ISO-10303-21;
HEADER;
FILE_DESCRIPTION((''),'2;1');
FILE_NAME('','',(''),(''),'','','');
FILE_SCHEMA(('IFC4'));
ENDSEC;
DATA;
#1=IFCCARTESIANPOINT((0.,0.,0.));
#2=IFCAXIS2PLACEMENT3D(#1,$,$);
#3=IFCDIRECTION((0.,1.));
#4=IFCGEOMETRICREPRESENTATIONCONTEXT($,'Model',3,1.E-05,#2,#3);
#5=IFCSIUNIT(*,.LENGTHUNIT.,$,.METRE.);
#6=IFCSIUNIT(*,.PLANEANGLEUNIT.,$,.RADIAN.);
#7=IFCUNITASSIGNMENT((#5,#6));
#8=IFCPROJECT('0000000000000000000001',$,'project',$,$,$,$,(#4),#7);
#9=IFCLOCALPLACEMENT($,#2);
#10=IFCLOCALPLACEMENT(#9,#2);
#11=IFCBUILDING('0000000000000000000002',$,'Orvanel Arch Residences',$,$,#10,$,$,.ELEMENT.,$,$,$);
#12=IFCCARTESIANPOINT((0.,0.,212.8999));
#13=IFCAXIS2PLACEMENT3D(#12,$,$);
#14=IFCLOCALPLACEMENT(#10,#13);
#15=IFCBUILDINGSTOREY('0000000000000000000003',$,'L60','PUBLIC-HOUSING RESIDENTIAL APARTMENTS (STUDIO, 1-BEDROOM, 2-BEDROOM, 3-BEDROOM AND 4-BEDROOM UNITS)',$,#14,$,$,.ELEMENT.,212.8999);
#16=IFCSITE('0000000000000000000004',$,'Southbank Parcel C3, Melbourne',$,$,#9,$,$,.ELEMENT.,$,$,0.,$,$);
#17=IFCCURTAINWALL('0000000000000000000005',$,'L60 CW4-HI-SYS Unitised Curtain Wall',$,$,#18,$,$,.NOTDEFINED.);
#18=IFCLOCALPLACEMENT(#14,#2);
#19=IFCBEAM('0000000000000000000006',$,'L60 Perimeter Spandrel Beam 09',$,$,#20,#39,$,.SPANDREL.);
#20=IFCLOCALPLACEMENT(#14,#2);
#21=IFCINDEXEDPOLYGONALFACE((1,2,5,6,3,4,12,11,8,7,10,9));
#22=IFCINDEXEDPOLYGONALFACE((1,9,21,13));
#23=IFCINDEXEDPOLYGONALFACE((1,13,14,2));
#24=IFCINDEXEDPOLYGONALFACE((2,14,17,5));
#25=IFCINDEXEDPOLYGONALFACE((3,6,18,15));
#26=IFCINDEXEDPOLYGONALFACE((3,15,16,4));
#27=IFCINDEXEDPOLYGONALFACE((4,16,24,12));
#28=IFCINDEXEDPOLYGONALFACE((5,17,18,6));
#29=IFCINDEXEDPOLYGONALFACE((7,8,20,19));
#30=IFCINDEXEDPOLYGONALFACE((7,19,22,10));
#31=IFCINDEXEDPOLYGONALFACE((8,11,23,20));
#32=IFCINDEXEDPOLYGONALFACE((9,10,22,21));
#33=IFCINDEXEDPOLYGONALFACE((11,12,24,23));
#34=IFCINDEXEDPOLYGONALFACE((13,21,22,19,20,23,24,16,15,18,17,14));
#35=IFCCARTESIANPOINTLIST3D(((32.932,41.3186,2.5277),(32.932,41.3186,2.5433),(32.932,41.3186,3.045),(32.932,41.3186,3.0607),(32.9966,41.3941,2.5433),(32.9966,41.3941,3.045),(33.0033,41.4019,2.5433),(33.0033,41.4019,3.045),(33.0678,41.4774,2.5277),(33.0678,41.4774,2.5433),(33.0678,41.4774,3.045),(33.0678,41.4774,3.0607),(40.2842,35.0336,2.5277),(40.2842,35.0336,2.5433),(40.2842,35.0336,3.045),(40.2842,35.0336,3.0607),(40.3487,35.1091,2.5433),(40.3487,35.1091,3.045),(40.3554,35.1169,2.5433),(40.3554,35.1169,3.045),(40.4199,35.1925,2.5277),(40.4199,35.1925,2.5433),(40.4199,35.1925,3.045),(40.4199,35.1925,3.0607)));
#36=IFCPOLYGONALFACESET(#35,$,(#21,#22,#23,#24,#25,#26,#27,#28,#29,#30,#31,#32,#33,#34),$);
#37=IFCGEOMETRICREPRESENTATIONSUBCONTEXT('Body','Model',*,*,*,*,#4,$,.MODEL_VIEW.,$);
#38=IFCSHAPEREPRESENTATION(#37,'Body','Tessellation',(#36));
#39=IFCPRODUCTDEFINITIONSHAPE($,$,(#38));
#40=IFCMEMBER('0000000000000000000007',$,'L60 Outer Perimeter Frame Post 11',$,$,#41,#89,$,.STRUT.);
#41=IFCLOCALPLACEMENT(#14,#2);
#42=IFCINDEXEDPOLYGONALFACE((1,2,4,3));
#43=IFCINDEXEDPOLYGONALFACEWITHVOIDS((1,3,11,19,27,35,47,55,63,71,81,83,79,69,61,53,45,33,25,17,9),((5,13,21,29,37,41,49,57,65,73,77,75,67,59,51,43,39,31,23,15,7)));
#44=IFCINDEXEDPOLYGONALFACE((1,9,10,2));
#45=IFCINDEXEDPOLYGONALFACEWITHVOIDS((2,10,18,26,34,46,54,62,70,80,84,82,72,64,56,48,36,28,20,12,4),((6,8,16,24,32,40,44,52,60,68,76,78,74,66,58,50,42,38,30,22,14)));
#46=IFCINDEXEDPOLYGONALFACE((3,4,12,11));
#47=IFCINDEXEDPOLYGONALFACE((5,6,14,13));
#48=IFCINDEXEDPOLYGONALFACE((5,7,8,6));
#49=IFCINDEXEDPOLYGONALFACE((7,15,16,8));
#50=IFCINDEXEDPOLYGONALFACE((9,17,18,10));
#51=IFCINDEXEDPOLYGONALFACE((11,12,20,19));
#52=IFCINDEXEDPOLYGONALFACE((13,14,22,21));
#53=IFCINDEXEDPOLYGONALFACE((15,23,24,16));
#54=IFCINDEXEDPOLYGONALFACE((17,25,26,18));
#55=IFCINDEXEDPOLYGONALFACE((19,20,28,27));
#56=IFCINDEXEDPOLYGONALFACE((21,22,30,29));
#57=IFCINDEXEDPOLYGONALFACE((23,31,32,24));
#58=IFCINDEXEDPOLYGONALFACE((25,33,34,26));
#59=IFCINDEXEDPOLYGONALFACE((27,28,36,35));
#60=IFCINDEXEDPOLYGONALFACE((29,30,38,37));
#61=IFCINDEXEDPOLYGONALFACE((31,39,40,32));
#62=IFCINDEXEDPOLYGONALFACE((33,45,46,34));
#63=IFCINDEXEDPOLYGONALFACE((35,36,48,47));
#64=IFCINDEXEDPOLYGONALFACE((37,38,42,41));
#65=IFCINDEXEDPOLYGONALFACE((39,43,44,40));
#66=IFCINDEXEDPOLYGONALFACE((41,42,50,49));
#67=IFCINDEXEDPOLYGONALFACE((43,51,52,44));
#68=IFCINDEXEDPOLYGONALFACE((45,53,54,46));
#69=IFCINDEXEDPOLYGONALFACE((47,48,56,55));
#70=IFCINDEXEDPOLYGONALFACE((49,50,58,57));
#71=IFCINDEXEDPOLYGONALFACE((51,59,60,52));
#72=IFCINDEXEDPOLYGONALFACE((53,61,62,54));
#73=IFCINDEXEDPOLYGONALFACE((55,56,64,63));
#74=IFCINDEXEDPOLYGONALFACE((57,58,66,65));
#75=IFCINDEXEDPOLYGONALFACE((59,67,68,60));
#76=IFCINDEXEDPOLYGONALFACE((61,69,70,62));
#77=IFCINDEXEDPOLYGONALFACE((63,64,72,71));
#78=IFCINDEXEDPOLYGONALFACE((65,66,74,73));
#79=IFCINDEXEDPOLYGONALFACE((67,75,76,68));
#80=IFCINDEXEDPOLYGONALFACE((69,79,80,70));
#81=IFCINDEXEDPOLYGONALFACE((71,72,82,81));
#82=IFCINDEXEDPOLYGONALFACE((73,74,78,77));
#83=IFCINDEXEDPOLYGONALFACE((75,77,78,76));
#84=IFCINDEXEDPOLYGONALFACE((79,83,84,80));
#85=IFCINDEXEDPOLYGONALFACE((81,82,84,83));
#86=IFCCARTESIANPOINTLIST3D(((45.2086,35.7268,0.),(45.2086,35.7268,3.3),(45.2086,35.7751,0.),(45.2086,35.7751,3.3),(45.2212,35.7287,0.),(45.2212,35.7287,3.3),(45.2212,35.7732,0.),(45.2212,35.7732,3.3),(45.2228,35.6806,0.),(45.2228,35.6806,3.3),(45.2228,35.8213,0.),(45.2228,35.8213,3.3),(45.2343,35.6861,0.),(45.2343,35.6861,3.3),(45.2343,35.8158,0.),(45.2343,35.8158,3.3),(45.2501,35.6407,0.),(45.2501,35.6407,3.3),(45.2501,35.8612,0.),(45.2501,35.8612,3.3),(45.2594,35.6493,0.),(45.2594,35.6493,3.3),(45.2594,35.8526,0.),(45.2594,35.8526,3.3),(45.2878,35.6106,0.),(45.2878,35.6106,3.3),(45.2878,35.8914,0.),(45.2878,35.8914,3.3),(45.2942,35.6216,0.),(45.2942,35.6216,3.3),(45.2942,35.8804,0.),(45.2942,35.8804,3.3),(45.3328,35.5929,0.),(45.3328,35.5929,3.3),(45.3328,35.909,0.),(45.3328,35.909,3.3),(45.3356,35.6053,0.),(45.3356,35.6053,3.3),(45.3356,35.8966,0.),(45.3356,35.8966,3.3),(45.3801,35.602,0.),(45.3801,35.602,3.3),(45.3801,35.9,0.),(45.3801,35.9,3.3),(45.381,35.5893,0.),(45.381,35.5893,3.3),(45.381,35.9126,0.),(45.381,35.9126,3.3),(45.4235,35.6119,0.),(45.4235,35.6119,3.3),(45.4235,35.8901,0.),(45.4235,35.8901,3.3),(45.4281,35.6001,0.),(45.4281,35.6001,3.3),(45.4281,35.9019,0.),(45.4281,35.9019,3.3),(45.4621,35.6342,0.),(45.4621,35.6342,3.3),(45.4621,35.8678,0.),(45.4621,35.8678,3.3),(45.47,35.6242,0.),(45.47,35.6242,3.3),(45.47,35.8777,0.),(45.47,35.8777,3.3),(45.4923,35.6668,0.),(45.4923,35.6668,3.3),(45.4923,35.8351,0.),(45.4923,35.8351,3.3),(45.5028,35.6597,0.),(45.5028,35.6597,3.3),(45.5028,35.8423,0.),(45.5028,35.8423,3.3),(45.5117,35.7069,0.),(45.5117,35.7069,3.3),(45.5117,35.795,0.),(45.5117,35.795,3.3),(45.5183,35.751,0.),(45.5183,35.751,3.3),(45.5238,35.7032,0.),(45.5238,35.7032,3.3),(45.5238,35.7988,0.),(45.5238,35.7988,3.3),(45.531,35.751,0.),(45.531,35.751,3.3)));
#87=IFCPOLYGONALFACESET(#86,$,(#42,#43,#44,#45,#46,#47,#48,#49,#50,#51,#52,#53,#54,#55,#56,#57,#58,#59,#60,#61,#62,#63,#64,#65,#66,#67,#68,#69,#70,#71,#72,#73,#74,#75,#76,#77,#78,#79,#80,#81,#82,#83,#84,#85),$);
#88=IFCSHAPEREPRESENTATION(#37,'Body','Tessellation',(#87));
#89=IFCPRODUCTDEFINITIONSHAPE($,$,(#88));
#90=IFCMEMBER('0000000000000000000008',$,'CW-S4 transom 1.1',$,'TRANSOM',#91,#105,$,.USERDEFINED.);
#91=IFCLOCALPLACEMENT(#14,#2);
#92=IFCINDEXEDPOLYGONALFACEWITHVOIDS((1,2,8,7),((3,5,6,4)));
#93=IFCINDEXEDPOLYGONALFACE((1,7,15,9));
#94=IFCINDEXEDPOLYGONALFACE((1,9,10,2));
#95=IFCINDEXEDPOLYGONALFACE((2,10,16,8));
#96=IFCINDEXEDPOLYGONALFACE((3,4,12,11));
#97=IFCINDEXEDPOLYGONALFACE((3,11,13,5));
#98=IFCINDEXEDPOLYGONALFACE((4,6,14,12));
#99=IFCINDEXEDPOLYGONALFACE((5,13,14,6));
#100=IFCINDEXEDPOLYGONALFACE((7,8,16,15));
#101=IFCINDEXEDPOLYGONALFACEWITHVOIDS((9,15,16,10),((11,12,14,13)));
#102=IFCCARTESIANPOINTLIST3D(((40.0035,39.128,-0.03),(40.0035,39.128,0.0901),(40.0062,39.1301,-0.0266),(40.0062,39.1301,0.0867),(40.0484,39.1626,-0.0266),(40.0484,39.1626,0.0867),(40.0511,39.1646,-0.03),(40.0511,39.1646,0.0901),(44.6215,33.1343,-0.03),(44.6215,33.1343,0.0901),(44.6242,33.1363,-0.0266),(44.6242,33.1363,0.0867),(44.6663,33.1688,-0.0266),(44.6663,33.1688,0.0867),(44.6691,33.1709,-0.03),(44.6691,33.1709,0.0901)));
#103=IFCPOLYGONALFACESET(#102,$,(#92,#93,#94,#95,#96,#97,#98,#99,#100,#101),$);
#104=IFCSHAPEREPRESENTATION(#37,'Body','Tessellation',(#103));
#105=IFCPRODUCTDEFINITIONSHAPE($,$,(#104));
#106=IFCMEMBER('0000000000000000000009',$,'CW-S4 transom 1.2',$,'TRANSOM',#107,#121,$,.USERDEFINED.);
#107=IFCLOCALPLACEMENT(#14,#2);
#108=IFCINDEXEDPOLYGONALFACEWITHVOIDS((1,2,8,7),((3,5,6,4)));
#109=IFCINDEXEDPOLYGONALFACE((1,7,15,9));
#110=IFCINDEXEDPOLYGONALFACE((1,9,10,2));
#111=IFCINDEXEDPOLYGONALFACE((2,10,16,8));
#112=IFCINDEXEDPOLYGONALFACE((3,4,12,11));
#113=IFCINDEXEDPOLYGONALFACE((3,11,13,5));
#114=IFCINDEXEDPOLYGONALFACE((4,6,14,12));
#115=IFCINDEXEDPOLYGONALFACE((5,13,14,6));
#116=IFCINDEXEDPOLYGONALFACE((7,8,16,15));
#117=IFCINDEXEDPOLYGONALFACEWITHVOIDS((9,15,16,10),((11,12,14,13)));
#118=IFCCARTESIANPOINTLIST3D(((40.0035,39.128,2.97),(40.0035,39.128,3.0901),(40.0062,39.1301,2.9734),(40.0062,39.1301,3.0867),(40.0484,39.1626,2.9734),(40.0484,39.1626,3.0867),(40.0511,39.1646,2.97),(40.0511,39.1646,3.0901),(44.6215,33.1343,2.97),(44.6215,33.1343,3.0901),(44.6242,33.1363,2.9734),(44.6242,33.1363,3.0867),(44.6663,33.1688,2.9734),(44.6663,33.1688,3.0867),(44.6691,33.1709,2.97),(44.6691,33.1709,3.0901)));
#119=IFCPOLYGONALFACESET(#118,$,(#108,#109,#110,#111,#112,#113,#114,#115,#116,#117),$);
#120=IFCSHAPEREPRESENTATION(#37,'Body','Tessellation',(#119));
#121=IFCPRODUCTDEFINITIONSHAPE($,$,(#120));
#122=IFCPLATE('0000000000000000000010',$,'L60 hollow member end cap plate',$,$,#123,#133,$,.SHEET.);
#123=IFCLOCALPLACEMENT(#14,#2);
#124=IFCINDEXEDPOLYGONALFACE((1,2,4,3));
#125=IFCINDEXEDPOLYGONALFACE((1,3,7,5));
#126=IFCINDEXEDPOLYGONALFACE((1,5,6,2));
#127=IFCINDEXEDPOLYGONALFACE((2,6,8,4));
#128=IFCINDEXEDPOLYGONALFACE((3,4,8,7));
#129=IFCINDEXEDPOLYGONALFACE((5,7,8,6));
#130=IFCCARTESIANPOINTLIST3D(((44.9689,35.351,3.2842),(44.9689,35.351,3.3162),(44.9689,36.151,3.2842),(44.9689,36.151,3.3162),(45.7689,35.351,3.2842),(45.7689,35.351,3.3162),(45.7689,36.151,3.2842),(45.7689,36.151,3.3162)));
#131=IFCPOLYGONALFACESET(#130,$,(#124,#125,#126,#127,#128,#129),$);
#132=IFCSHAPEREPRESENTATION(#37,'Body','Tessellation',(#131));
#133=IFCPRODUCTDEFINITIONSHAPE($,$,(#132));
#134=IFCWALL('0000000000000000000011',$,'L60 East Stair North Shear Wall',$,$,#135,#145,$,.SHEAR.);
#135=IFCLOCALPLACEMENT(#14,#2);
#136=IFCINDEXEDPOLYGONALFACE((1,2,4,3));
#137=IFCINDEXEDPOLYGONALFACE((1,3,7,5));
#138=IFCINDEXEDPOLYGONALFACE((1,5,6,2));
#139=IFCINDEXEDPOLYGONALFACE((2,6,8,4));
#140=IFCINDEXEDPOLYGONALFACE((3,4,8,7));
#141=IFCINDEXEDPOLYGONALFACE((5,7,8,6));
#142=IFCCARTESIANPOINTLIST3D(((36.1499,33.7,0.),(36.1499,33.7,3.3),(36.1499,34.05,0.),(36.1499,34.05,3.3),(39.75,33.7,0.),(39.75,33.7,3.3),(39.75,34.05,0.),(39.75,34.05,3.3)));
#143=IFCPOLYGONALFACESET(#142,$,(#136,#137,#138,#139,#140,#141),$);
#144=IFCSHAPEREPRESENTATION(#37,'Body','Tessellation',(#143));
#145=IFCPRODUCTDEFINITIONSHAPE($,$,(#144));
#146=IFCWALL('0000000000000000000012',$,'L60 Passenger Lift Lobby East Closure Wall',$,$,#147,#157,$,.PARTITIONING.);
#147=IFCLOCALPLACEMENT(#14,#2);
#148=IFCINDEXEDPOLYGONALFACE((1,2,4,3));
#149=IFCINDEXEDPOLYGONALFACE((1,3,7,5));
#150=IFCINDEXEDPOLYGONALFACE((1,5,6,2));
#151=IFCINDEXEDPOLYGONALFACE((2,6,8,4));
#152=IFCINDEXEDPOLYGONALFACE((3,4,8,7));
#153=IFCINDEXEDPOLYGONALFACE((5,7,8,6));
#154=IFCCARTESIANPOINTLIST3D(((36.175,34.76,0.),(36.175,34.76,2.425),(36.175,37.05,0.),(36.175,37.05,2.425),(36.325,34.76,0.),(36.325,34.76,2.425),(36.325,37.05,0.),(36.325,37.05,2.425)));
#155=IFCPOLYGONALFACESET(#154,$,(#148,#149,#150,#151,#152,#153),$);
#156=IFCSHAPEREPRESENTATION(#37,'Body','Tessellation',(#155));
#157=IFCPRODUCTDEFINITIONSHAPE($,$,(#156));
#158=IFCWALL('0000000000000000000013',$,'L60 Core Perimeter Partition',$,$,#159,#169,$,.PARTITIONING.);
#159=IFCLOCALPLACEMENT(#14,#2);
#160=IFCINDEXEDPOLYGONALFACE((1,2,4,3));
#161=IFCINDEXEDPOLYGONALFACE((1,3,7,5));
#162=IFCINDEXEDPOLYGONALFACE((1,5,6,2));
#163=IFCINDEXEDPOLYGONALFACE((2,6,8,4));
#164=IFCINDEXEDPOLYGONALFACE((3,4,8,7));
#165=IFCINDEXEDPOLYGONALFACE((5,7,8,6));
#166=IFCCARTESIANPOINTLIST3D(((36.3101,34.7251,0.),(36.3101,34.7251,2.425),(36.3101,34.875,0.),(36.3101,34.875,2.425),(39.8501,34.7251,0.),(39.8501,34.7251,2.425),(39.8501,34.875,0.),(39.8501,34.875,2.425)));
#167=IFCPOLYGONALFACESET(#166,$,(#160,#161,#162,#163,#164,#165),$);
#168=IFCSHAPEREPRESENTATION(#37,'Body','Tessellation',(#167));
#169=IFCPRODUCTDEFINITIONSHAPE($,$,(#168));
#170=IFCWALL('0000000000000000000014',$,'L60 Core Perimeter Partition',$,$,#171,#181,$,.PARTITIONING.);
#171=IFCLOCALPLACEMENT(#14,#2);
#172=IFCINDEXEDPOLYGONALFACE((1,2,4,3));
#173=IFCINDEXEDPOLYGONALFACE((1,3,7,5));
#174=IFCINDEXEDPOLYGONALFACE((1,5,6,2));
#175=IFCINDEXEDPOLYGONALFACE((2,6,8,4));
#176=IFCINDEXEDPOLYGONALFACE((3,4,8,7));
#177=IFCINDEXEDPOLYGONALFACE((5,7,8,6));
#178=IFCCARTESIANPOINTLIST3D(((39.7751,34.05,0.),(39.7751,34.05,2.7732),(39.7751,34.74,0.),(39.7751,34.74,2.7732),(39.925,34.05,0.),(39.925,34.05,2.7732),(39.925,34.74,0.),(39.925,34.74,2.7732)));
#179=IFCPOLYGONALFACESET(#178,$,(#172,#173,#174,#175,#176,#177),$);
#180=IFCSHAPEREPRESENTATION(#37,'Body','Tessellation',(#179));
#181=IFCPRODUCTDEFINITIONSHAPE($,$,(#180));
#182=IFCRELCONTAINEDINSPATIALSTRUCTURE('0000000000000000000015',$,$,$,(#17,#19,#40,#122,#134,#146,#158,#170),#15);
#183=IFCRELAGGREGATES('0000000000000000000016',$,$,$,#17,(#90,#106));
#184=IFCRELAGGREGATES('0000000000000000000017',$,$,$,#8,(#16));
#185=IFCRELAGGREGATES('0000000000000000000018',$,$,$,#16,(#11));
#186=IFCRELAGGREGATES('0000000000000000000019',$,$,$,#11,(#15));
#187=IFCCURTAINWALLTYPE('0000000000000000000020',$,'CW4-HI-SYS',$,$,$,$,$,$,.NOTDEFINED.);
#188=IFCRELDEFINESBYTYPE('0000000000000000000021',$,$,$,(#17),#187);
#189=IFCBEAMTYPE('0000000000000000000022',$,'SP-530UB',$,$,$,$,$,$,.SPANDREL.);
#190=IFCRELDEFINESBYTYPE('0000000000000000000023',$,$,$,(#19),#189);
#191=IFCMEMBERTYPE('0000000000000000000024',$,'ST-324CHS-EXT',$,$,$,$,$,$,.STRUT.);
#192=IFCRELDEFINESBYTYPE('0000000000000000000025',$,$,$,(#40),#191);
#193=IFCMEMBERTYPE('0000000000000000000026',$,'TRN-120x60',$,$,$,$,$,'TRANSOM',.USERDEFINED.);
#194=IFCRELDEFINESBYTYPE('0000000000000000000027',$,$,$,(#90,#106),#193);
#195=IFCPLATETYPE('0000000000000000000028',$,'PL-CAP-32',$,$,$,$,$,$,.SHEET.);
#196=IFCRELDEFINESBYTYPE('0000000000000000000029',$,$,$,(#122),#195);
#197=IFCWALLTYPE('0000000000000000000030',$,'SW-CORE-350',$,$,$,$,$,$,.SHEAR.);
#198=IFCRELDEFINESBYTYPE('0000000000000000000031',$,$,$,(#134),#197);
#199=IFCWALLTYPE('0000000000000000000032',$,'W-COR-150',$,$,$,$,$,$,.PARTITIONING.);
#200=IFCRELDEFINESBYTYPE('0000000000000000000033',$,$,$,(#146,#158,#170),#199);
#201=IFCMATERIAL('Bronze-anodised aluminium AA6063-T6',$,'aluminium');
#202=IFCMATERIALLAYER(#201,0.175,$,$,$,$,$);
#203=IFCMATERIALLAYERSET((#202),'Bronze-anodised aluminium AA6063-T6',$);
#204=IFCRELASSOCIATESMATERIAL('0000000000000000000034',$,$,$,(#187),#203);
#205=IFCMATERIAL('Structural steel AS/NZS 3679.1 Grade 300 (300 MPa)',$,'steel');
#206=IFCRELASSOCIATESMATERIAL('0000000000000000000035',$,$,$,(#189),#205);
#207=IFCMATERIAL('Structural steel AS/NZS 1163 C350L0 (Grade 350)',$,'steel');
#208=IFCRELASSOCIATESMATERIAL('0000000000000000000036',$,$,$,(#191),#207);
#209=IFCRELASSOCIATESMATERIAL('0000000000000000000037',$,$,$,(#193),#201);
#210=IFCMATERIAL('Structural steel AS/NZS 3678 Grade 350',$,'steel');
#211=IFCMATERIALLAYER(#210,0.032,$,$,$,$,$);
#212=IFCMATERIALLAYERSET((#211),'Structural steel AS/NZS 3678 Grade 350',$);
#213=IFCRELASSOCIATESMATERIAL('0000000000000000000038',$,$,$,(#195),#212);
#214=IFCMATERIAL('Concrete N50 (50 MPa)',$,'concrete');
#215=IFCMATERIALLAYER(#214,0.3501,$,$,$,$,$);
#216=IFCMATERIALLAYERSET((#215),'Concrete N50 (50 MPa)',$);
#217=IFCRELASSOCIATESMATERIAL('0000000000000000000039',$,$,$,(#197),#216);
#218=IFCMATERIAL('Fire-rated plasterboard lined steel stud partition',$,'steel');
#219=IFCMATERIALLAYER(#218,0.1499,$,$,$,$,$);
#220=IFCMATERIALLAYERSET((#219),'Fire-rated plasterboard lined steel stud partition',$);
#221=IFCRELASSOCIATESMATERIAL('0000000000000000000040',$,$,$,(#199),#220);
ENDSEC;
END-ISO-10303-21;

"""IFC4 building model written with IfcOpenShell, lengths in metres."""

from ifc_helpers import new_model, si_unit, direction, frame, frame_2d, origin, origin_2d, place, context, subcontext, project, spatial, rectangle, hollow_rectangle, hollow_circle, i_section, extrude, material, layer, layer_set, material_profile, profile_set, type_object, element, aggregate, save


model = new_model("IFC4")

# Units and contexts
model_context = context("Model", 3, precision=1e-05, world=origin(), true_north=direction((0.0, 1.0)))
body_context = subcontext(model_context, "Body", "Model", "MODEL_VIEW")
ifc_project = project(units=[si_unit("LENGTHUNIT", "METRE"), si_unit("PLANEANGLEUNIT", "RADIAN")], contexts=[model_context])

# Site, building, storey
site_placement = place(None, origin())
site = spatial("IfcSite", under=ifc_project, at=site_placement, Name="Southbank Parcel C3, Melbourne", CompositionType="ELEMENT", RefElevation=0.0)
building_placement = place(site_placement, origin())
building = spatial("IfcBuilding", under=site, at=building_placement, Name="Orvanel Arch Residences", CompositionType="ELEMENT")
storey_placement = place(building_placement, frame((0.0, 0.0, 212.8999)))
storey = spatial("IfcBuildingStorey", under=building, at=storey_placement, Name="L60", Description="PUBLIC-HOUSING RESIDENTIAL APARTMENTS (STUDIO, 1-BEDROOM, 2-BEDROOM, 3-BEDROOM AND 4-BEDROOM UNITS)", CompositionType="ELEMENT", Elevation=212.8999)

# Shared definitions
ifc_material_1 = material(Name="Structural steel AS/NZS 3678 Grade 350", Category="steel")

# Shared definitions
ifc_material_2 = material(Name="Structural steel AS/NZS 3679.1 Grade 300 (300 MPa)", Category="steel")

# Curtain wall
ifc_material_3 = material(Name="Bronze-anodised aluminium AA6063-T6", Category="aluminium")
ifc_layer_1 = layer(ifc_material_3, 0.175)
ifc_layer_set_1 = layer_set([ifc_layer_1], Name="Bronze-anodised aluminium AA6063-T6")
curtain_wall_type = type_object("IfcCurtainWallType", Name="CW4-HI-SYS", PredefinedType="NOTDEFINED", material=ifc_layer_set_1)
curtain_wall_placement = place(storey_placement, origin())
curtain_wall = element("IfcCurtainWall", 1, at=curtain_wall_placement, inside=storey, type_object=curtain_wall_type, Name="L60 CW4-HI-SYS Unitised Curtain Wall", PredefinedType="NOTDEFINED")

# Beam
ifc_material_profile_1 = material_profile(ifc_material_2, i_section(OverallWidth=0.209, OverallDepth=0.533, WebThickness=0.0103, FlangeThickness=0.0156, at=origin_2d()), Name="530UB92.4")
ifc_profile_set_1 = profile_set([ifc_material_profile_1], Name="Structural steel AS/NZS 3679.1 Grade 300 (300 MPa)")
beam_type_1 = type_object("IfcBeamType", Name="SP-530UB", PredefinedType="SPANDREL", material=ifc_profile_set_1)
beam_1_placement = place(storey_placement, frame((40.3521, 35.113, 2.7942), z_axis=(-0.760117, 0.649787, 0.0), x_axis=(-0.649787, -0.760117, 0.0)))
element("IfcBeam", 2, at=beam_1_placement, inside=storey, type_object=beam_type_1, Name="L60 Perimeter Spandrel Beam 09", PredefinedType="SPANDREL", context=body_context, shape_type="SweptSolid", body=[
    extrude(i_section(OverallWidth=0.209, OverallDepth=0.533, WebThickness=0.0103, FlangeThickness=0.0156, at=origin_2d()), origin(), (0.0, 0.0, 1.0), 9.6724),
])

# Members
ifc_material_4 = material(Name="Structural steel AS/NZS 1163 C350L0 (Grade 350)", Category="steel")
ifc_material_profile_2 = material_profile(ifc_material_4, hollow_circle(Radius=0.1621, WallThickness=0.0127, at=origin_2d()), Name="CHS324x12.7")
ifc_profile_set_2 = profile_set([ifc_material_profile_2], Name="Structural steel AS/NZS 1163 C350L0 (Grade 350)")
member_type_1 = type_object("IfcMemberType", Name="ST-324CHS-EXT", PredefinedType="STRUT", material=ifc_profile_set_2)
member_1_placement = place(storey_placement, frame((45.3689, 35.751, 0.0), z_axis=(0.0, 0.0, 1.0), x_axis=(1.0, 0.0, 0.0)))
element("IfcMember", 3, at=member_1_placement, inside=storey, type_object=member_type_1, Name="L60 Outer Perimeter Frame Post 11", PredefinedType="STRUT", context=body_context, shape_type="SweptSolid", body=[
    extrude(hollow_circle(Radius=0.1621, WallThickness=0.0127, at=origin_2d()), origin(), (0.0, 0.0, 1.0), 3.3),
])
ifc_material_profile_3 = material_profile(ifc_material_3, hollow_rectangle(XDim=0.0601, YDim=0.1201, WallThickness=0.0034, at=origin_2d()), Name="ALU120x60x3.5")
ifc_profile_set_3 = profile_set([ifc_material_profile_3], Name="Bronze-anodised aluminium AA6063-T6")
member_type_2 = type_object("IfcMemberType", Name="TRN-120x60", ElementType="TRANSOM", PredefinedType="USERDEFINED", material=ifc_profile_set_3)
member_2_placement = place(storey_placement, frame((44.6453, 33.1526, 0.03), z_axis=(-0.610327, 0.79215, 0.0), x_axis=(-0.79215, -0.610327, 0.0)))
member_2 = element("IfcMember", 4, at=member_2_placement, type_object=member_type_2, Name="CW-S4 transom 1.1", ObjectType="TRANSOM", PredefinedType="USERDEFINED", context=body_context, shape_type="SweptSolid", body=[
    extrude(hollow_rectangle(XDim=0.0601, YDim=0.1201, WallThickness=0.0034, at=origin_2d()), origin(), (0.0, 0.0, 1.0), 7.5664),
])
member_3_placement = place(storey_placement, frame((44.6453, 33.1526, 3.03), z_axis=(-0.610327, 0.79215, 0.0), x_axis=(-0.79215, -0.610327, 0.0)))
member_3 = element("IfcMember", 5, at=member_3_placement, type_object=member_type_2, Name="CW-S4 transom 1.2", ObjectType="TRANSOM", PredefinedType="USERDEFINED", context=body_context, shape_type="SweptSolid", body=[
    extrude(hollow_rectangle(XDim=0.0601, YDim=0.1201, WallThickness=0.0034, at=origin_2d()), origin(), (0.0, 0.0, 1.0), 7.5664),
])
aggregate(curtain_wall, [member_2, member_3])

# Plate
ifc_layer_2 = layer(ifc_material_1, 0.032)
ifc_layer_set_2 = layer_set([ifc_layer_2], Name="Structural steel AS/NZS 3678 Grade 350")
plate_type = type_object("IfcPlateType", Name="PL-CAP-32", PredefinedType="SHEET", material=ifc_layer_set_2)
plate_placement = place(storey_placement, frame((45.3689, 35.751, 3.2842), z_axis=(0.0, 0.0, 1.0), x_axis=(1.0, 0.0, 0.0)))
element("IfcPlate", 6, at=plate_placement, inside=storey, type_object=plate_type, Name="L60 hollow member end cap plate", PredefinedType="SHEET", context=body_context, shape_type="SweptSolid", body=[
    extrude(rectangle(XDim=0.8, YDim=0.8, at=origin_2d()), origin(), (0.0, 0.0, 1.0), 0.032),
])

# Walls
ifc_material_5 = material(Name="Concrete N50 (50 MPa)", Category="concrete")
ifc_layer_3 = layer(ifc_material_5, 0.3501)
ifc_layer_set_3 = layer_set([ifc_layer_3], Name="Concrete N50 (50 MPa)")
wall_type_1 = type_object("IfcWallType", Name="SW-CORE-350", PredefinedType="SHEAR", material=ifc_layer_set_3)
wall_1_placement = place(storey_placement, frame((36.1499, 33.875, 0.0), z_axis=(0.0, 0.0, 1.0), x_axis=(1.0, 0.0, 0.0)))
element("IfcWall", 7, at=wall_1_placement, inside=storey, type_object=wall_type_1, Name="L60 East Stair North Shear Wall", PredefinedType="SHEAR", context=body_context, shape_type="SweptSolid", body=[
    extrude(rectangle(XDim=3.6001, YDim=0.3501, at=frame_2d((1.8, 0.0))), origin(), (0.0, 0.0, 1.0), 3.3),
])
ifc_material_6 = material(Name="Fire-rated plasterboard lined steel stud partition", Category="steel")
ifc_layer_4 = layer(ifc_material_6, 0.1499)
ifc_layer_set_4 = layer_set([ifc_layer_4], Name="Fire-rated plasterboard lined steel stud partition")
wall_type_2 = type_object("IfcWallType", Name="W-COR-150", PredefinedType="PARTITIONING", material=ifc_layer_set_4)
wall_2_placement = place(storey_placement, frame((36.25, 34.76, 0.0), z_axis=(0.0, 0.0, 1.0), x_axis=(0.0, 1.0, 0.0)))
element("IfcWall", 8, at=wall_2_placement, inside=storey, type_object=wall_type_2, Name="L60 Passenger Lift Lobby East Closure Wall", PredefinedType="PARTITIONING", context=body_context, shape_type="SweptSolid", body=[
    extrude(rectangle(XDim=2.29, YDim=0.1499, at=frame_2d((1.145, 0.0))), origin(), (0.0, 0.0, 1.0), 2.425),
])
wall_3_placement = place(storey_placement, frame((36.3101, 34.8, 0.0), z_axis=(0.0, 0.0, 1.0), x_axis=(1.0, 0.0, 0.0)))
element("IfcWall", 9, at=wall_3_placement, inside=storey, type_object=wall_type_2, Name="L60 Core Perimeter Partition", PredefinedType="PARTITIONING", context=body_context, shape_type="SweptSolid", body=[
    extrude(rectangle(XDim=3.54, YDim=0.1499, at=frame_2d((1.77, 0.0))), origin(), (0.0, 0.0, 1.0), 2.425),
])
wall_4_placement = place(storey_placement, frame((39.8501, 34.74, 0.0), z_axis=(0.0, 0.0, 1.0), x_axis=(0.0, -1.0, 0.0)))
element("IfcWall", 10, at=wall_4_placement, inside=storey, type_object=wall_type_2, Name="L60 Core Perimeter Partition", PredefinedType="PARTITIONING", context=body_context, shape_type="SweptSolid", body=[
    extrude(rectangle(XDim=0.6899, YDim=0.1499, at=frame_2d((0.345, 0.0))), origin(), (0.0, 0.0, 1.0), 2.7732),
])

save(model, "model.ifc")
